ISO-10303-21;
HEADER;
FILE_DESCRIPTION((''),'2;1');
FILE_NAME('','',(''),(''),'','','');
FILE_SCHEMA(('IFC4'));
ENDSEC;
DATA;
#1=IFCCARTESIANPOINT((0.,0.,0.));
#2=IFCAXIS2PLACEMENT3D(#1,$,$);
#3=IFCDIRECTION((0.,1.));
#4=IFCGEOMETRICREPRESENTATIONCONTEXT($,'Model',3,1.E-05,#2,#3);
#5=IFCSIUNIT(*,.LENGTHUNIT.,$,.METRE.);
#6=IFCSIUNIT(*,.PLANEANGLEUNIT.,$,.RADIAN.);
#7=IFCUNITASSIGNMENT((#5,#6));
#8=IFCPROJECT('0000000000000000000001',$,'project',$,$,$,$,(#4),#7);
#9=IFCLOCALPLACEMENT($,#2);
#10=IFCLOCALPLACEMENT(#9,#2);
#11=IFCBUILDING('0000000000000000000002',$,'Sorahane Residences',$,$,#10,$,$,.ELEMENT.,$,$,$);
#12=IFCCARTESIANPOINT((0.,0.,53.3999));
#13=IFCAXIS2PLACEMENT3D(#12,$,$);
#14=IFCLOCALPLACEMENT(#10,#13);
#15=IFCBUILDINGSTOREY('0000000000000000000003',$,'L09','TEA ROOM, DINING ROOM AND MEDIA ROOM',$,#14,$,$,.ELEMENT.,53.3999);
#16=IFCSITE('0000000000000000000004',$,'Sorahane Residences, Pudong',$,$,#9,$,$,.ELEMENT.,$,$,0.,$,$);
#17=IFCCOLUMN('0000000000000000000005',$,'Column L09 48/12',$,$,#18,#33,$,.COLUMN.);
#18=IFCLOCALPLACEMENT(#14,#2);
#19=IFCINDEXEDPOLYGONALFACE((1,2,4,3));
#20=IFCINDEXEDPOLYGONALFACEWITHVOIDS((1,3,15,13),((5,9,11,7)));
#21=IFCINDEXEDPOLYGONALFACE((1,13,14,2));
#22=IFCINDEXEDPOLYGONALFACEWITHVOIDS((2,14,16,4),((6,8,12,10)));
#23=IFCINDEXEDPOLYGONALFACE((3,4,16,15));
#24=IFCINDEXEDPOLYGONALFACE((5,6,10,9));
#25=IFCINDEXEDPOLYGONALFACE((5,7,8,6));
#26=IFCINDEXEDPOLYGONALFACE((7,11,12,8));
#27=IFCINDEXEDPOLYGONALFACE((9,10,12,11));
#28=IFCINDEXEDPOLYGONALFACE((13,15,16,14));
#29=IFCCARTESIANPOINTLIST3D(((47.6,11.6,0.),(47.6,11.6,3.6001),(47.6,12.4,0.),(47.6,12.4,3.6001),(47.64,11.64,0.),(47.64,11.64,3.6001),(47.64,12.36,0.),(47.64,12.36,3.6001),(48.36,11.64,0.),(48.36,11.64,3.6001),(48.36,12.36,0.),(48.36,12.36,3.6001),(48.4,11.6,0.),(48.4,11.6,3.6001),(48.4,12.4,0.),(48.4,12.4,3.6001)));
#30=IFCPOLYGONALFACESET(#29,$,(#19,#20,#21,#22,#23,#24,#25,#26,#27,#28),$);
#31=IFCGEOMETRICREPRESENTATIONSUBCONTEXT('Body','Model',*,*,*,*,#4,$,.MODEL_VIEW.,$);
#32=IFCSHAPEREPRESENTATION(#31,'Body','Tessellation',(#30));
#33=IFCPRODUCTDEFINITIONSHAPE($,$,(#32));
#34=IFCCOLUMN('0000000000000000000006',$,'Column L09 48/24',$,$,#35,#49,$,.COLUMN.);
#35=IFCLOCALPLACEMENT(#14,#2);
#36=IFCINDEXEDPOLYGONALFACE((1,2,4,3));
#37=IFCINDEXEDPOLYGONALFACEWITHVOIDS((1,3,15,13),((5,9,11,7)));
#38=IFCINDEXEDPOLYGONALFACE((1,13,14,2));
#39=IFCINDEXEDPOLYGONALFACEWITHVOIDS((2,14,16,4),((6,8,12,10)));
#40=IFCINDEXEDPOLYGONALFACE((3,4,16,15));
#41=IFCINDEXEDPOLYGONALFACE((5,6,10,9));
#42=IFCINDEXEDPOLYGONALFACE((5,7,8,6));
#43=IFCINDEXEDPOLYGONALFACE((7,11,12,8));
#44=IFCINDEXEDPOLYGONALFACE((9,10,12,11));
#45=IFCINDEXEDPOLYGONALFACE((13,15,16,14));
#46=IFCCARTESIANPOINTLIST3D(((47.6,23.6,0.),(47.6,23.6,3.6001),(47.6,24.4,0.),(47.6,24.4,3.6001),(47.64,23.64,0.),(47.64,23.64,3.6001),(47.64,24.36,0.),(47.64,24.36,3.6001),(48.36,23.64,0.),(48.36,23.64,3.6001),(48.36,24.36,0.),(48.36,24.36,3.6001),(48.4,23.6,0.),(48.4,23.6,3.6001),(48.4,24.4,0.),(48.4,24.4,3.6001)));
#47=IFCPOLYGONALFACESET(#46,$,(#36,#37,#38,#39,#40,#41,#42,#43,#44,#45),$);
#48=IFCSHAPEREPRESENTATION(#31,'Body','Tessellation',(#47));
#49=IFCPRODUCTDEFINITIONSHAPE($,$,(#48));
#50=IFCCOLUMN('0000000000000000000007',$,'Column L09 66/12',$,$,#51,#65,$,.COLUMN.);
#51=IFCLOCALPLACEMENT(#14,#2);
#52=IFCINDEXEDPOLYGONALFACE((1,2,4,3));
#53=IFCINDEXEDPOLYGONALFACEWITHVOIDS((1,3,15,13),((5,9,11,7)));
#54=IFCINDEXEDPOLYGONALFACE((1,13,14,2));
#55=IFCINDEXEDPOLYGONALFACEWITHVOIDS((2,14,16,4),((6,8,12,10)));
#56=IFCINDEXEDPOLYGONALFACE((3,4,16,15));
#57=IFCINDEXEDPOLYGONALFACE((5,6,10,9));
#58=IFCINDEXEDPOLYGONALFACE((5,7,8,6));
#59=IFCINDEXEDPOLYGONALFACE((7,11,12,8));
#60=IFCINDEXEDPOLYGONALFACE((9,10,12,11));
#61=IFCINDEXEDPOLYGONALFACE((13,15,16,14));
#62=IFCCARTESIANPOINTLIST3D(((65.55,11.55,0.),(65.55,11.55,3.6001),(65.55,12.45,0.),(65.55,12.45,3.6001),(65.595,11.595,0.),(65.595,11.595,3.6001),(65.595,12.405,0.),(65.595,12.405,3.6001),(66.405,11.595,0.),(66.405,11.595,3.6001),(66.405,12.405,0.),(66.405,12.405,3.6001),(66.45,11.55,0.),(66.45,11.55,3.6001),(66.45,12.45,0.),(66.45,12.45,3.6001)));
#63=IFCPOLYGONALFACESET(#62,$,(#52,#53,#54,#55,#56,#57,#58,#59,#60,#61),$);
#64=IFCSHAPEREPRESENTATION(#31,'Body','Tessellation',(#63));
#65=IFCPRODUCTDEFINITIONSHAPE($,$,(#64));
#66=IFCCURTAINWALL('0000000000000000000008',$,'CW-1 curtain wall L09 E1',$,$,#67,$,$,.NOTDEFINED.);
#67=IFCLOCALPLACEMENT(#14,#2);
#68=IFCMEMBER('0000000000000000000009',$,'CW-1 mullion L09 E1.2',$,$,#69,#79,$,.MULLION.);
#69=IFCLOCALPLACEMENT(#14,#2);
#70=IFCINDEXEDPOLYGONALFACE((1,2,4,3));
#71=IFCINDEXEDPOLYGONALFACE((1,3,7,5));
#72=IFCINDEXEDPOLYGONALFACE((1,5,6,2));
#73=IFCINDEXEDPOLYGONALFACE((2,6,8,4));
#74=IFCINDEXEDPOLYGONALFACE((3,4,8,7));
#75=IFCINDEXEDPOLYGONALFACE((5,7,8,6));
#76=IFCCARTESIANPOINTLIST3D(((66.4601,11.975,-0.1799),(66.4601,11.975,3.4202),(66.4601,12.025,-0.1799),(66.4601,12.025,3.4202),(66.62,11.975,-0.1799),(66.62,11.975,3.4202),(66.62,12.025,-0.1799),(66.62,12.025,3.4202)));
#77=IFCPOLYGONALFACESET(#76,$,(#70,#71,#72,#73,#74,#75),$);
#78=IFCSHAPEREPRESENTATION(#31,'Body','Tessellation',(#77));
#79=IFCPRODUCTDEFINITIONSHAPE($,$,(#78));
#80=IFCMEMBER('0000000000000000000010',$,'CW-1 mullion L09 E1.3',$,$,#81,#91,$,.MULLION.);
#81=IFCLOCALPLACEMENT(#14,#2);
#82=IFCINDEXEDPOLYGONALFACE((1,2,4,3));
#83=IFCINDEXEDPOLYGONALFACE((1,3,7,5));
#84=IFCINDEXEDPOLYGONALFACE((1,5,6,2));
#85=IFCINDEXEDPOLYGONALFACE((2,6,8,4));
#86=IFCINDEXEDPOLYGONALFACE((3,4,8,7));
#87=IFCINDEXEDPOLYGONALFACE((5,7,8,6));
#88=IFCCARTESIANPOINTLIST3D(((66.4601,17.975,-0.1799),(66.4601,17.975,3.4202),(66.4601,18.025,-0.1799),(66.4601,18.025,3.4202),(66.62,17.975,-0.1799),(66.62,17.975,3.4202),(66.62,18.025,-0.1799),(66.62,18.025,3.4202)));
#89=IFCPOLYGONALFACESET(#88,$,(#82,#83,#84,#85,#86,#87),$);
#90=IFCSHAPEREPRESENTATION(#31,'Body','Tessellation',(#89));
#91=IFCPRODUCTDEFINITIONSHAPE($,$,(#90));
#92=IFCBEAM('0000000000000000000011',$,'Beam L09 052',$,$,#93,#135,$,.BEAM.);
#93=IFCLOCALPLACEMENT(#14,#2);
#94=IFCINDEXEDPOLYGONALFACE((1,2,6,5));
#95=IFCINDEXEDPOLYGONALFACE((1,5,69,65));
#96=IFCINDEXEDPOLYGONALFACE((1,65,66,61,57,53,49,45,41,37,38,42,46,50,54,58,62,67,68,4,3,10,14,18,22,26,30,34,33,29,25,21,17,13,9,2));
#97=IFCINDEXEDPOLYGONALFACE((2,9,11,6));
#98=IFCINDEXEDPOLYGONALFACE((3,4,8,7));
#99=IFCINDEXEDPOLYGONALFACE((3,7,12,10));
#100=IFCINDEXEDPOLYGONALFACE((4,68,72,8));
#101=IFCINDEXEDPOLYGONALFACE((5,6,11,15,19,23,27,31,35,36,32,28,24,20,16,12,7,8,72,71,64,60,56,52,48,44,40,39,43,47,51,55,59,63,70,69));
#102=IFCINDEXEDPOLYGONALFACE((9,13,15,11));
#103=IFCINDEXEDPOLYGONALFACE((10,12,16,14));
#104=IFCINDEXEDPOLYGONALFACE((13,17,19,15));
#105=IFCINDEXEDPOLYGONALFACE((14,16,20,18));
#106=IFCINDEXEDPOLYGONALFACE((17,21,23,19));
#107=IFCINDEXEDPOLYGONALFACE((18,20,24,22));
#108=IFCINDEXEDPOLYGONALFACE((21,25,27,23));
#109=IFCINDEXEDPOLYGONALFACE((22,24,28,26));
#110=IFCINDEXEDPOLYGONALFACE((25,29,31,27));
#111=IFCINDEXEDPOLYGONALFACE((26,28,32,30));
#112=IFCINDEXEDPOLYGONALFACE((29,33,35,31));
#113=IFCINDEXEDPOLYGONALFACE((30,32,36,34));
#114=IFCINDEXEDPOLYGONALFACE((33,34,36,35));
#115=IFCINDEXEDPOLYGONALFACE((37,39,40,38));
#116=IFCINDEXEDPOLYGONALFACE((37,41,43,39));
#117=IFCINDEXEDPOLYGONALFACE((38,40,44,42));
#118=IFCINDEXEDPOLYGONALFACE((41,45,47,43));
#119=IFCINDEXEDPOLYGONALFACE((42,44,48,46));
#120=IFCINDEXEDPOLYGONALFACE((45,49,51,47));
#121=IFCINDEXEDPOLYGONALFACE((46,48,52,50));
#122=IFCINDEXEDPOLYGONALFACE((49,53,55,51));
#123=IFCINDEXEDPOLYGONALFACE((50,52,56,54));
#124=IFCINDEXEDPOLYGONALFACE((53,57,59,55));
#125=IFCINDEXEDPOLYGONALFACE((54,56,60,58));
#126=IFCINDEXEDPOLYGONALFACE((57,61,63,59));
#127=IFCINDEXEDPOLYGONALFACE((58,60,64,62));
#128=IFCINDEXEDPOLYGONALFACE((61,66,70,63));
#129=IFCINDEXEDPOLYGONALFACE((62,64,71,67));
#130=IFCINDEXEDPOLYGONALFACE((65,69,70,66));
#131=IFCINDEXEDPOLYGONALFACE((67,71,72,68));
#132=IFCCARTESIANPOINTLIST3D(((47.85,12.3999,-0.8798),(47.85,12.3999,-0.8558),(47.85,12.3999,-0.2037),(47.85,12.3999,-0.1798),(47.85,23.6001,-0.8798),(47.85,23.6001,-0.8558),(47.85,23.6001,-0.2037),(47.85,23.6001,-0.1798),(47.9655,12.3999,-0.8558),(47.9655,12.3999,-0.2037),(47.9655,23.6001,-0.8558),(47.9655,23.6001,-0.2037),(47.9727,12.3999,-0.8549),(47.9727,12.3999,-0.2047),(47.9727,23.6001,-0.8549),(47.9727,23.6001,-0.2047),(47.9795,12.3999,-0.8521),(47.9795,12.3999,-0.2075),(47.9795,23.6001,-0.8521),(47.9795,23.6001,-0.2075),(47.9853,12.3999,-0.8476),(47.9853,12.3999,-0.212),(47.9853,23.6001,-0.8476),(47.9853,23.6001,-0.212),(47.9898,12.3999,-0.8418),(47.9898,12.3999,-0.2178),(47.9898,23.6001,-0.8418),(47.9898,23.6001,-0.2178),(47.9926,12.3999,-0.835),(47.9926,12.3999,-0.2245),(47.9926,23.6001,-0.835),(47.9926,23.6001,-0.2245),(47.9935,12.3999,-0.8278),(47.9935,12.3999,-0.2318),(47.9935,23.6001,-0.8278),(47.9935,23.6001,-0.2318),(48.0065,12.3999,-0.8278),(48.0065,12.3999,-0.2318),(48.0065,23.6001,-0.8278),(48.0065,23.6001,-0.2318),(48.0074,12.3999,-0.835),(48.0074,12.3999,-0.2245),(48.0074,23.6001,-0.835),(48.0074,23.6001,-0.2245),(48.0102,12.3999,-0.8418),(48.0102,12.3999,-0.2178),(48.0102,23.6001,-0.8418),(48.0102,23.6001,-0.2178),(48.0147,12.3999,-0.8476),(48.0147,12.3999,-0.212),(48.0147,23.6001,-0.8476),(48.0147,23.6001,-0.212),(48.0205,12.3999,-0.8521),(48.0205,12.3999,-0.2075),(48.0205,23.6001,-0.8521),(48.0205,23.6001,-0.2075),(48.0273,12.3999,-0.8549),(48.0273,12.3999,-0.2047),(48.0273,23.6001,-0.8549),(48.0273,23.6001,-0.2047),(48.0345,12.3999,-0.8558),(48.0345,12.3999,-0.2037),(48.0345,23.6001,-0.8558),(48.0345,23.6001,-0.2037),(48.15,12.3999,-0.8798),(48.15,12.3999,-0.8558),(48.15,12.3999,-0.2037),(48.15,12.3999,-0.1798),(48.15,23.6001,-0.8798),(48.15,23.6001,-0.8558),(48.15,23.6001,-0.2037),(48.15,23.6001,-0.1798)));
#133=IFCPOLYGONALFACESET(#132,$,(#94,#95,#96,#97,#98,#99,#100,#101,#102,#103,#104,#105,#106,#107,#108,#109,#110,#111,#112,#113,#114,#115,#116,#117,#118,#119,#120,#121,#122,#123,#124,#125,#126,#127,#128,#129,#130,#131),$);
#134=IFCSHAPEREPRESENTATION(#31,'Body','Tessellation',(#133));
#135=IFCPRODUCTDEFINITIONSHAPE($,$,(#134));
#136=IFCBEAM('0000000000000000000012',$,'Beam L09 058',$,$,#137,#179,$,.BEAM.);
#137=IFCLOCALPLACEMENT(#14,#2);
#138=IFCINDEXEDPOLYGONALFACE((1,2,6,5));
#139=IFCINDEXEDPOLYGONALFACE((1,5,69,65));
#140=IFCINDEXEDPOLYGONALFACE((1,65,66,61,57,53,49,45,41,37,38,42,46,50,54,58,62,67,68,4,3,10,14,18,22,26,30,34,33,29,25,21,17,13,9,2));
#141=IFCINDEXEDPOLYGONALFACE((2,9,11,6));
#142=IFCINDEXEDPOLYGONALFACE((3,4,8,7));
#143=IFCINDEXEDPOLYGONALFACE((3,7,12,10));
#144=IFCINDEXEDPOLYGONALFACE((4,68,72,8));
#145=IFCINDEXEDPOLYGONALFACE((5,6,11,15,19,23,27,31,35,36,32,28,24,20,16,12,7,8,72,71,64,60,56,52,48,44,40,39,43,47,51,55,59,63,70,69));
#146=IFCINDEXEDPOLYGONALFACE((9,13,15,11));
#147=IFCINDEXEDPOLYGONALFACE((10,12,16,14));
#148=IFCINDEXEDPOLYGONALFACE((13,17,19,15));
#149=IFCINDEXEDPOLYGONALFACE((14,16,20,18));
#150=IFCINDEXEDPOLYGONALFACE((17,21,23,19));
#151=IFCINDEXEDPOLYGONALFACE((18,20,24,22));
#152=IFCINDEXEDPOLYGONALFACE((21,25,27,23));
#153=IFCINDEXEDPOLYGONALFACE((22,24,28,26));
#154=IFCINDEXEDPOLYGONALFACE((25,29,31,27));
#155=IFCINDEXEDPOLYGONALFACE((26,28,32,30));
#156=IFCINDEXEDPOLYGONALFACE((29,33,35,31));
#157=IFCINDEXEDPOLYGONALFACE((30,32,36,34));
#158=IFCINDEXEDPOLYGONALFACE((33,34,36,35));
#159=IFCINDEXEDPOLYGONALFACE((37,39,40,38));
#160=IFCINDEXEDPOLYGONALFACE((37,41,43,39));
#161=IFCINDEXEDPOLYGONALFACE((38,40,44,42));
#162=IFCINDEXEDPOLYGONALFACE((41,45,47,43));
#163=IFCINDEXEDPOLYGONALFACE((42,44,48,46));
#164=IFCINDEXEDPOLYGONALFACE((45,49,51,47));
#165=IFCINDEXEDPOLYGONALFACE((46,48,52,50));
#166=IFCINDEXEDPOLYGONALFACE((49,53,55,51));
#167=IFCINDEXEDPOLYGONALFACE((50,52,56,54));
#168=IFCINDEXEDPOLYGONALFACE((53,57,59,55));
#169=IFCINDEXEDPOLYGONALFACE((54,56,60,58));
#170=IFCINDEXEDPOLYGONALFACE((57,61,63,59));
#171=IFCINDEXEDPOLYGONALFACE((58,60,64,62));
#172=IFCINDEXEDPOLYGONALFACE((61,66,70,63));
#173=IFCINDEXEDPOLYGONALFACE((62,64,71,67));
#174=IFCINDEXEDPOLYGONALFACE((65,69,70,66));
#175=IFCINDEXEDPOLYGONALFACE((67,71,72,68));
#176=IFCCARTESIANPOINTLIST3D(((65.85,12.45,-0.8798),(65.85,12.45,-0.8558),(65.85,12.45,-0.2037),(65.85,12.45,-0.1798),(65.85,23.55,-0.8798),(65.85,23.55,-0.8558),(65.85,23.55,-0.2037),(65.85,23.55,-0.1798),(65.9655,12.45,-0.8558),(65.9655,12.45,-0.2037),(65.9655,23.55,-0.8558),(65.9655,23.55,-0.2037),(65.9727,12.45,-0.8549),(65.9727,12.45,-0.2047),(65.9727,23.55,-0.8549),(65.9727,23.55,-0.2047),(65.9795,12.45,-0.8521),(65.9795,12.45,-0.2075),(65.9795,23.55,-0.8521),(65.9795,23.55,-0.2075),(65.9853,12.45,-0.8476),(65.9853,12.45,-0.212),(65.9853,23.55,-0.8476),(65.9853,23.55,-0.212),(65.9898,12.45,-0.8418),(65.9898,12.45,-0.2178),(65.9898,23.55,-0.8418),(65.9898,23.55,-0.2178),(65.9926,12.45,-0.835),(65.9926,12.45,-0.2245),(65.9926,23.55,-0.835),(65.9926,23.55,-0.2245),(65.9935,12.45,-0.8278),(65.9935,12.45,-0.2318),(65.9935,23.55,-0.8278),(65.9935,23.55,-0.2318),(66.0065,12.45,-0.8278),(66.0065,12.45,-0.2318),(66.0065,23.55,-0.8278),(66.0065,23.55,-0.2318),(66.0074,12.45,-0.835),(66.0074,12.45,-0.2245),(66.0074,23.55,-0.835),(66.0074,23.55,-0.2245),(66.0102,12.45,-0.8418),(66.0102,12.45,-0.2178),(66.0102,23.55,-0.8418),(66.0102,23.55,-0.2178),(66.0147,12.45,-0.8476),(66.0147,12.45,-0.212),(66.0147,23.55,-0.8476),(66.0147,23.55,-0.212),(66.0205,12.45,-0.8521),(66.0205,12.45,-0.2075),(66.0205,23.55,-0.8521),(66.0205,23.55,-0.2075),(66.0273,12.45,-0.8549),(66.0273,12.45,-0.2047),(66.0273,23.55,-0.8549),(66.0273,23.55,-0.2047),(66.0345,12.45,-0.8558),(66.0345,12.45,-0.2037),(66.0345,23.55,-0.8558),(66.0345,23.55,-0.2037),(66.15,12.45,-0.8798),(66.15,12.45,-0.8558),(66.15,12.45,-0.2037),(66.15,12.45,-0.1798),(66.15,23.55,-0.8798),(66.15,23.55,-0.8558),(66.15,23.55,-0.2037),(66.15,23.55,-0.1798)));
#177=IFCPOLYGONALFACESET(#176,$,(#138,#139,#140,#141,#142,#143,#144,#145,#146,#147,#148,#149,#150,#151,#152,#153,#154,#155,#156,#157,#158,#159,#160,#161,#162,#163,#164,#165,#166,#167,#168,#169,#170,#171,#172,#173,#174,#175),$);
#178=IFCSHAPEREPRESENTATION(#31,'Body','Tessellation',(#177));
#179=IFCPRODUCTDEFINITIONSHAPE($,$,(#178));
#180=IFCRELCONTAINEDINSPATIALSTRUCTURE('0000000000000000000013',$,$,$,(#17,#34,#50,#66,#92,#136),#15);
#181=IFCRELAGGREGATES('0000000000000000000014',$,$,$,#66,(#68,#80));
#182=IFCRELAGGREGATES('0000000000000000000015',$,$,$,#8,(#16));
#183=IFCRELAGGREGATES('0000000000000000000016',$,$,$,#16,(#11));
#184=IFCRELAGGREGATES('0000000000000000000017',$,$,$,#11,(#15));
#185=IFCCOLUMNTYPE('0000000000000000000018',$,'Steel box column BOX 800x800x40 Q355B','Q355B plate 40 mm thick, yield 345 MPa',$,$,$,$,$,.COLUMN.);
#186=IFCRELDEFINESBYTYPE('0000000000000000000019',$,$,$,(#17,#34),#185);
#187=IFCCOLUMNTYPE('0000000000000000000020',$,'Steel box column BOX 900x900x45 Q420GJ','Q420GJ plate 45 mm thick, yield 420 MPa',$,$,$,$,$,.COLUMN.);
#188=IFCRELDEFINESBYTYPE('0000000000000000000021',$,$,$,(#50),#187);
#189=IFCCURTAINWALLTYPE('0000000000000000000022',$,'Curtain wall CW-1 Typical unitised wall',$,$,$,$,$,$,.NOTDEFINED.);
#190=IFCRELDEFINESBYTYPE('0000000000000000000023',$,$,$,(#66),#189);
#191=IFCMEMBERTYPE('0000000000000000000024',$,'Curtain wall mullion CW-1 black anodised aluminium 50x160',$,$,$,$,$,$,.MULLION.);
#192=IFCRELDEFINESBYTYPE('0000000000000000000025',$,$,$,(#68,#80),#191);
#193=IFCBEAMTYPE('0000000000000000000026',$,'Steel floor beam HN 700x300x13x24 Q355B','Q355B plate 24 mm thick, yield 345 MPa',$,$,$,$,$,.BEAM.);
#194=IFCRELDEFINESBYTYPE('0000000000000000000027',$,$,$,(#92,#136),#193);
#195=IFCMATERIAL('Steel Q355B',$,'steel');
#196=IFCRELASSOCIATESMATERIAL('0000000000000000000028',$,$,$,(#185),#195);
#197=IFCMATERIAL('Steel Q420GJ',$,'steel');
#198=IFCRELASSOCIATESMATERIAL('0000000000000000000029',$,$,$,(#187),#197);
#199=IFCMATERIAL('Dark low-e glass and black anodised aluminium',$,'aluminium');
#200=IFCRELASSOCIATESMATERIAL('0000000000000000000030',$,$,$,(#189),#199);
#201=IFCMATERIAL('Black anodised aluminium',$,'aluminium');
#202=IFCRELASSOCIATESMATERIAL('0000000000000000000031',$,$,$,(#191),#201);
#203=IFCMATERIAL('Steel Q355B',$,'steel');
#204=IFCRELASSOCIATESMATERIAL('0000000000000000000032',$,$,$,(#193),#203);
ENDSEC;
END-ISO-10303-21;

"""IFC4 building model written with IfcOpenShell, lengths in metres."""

from ifc_helpers import new_model, si_unit, direction, frame, origin, origin_2d, place, context, subcontext, project, spatial, rectangle, hollow_rectangle, i_section, extrude, material, material_profile, profile_set, type_object, element, aggregate, save


model = new_model("IFC4")

# Units and contexts
model_context = context("Model", 3, precision=1e-05, world=origin(), true_north=direction((0.0, 1.0)))
body_context = subcontext(model_context, "Body", "Model", "MODEL_VIEW")
ifc_project = project(units=[si_unit("LENGTHUNIT", "METRE"), si_unit("PLANEANGLEUNIT", "RADIAN")], contexts=[model_context])

# Site, building, storey
site_placement = place(None, origin())
site = spatial("IfcSite", under=ifc_project, at=site_placement, Name="Sorahane Residences, Pudong", CompositionType="ELEMENT", RefElevation=0.0)
building_placement = place(site_placement, origin())
building = spatial("IfcBuilding", under=site, at=building_placement, Name="Sorahane Residences", CompositionType="ELEMENT")
storey_placement = place(building_placement, frame((0.0, 0.0, 53.3999)))
storey = spatial("IfcBuildingStorey", under=building, at=storey_placement, Name="L09", Description="TEA ROOM, DINING ROOM AND MEDIA ROOM", CompositionType="ELEMENT", Elevation=53.3999)

# Columns
ifc_material_1 = material(Name="Steel Q355B", Category="steel")
ifc_material_profile_1 = material_profile(ifc_material_1, hollow_rectangle(XDim=0.8, YDim=0.8, WallThickness=0.04, at=origin_2d()), Name="BOX 800x800x40")
ifc_profile_set_1 = profile_set([ifc_material_profile_1], Name="Steel Q355B")
column_type_1 = type_object("IfcColumnType", Name="Steel box column BOX 800x800x40 Q355B", Description="Q355B plate 40 mm thick, yield 345 MPa", PredefinedType="COLUMN", material=ifc_profile_set_1)
for number, where, z_axis, x_axis, name in (
    (1, (48.0, 12.0, 0.0), (0.0, 0.0, 1.0), (1.0, 0.0, 0.0), "Column L09 48/12"),
    (2, (48.0, 24.0, 0.0), (0.0, 0.0, 1.0), (1.0, 0.0, 0.0), "Column L09 48/24"),
):
    element("IfcColumn", number, at=place(storey_placement, frame(where, z_axis=z_axis, x_axis=x_axis)), inside=storey, type_object=column_type_1, Name=name, PredefinedType="COLUMN", context=body_context, shape_type="SweptSolid", body=[
        extrude(hollow_rectangle(XDim=0.8, YDim=0.8, WallThickness=0.04, at=origin_2d()), origin(), (0.0, 0.0, 1.0), 3.6001),
    ])
ifc_material_2 = material(Name="Steel Q420GJ", Category="steel")
ifc_material_profile_2 = material_profile(ifc_material_2, hollow_rectangle(XDim=0.8999, YDim=0.8999, WallThickness=0.0449, at=origin_2d()), Name="BOX 900x900x45")
ifc_profile_set_2 = profile_set([ifc_material_profile_2], Name="Steel Q420GJ")
column_type_2 = type_object("IfcColumnType", Name="Steel box column BOX 900x900x45 Q420GJ", Description="Q420GJ plate 45 mm thick, yield 420 MPa", PredefinedType="COLUMN", material=ifc_profile_set_2)
column_placement = place(storey_placement, frame((66.0, 12.0, 0.0), z_axis=(0.0, 0.0, 1.0), x_axis=(1.0, 0.0, 0.0)))
element("IfcColumn", 3, at=column_placement, inside=storey, type_object=column_type_2, Name="Column L09 66/12", PredefinedType="COLUMN", context=body_context, shape_type="SweptSolid", body=[
    extrude(hollow_rectangle(XDim=0.8999, YDim=0.8999, WallThickness=0.0449, at=origin_2d()), origin(), (0.0, 0.0, 1.0), 3.6001),
])

# Curtain wall, members
ifc_material_3 = material(Name="Dark low-e glass and black anodised aluminium", Category="aluminium")
curtain_wall_type = type_object("IfcCurtainWallType", Name="Curtain wall CW-1 Typical unitised wall", PredefinedType="NOTDEFINED", material=ifc_material_3)
curtain_wall_placement = place(storey_placement, origin())
curtain_wall = element("IfcCurtainWall", 4, at=curtain_wall_placement, inside=storey, type_object=curtain_wall_type, Name="CW-1 curtain wall L09 E1", PredefinedType="NOTDEFINED")
ifc_material_4 = material(Name="Black anodised aluminium", Category="aluminium")
ifc_material_profile_3 = material_profile(ifc_material_4, rectangle(XDim=0.1599, YDim=0.05, at=origin_2d()), Name="Curtain wall mullion CW-1 black anodised aluminium 50x160")
ifc_profile_set_3 = profile_set([ifc_material_profile_3], Name="Black anodised aluminium")
member_type = type_object("IfcMemberType", Name="Curtain wall mullion CW-1 black anodised aluminium 50x160", PredefinedType="MULLION", material=ifc_profile_set_3)
member_1_placement = place(storey_placement, frame((66.54, 12.0, -0.1799), z_axis=(0.0, 0.0, 1.0), x_axis=(1.0, 0.0, 0.0)))
member_1 = element("IfcMember", 5, at=member_1_placement, type_object=member_type, Name="CW-1 mullion L09 E1.2", PredefinedType="MULLION", context=body_context, shape_type="SweptSolid", body=[
    extrude(rectangle(XDim=0.1599, YDim=0.05, at=origin_2d()), origin(), (0.0, 0.0, 1.0), 3.6001),
])
member_2_placement = place(storey_placement, frame((66.54, 18.0, -0.1799), z_axis=(0.0, 0.0, 1.0), x_axis=(1.0, 0.0, 0.0)))
member_2 = element("IfcMember", 6, at=member_2_placement, type_object=member_type, Name="CW-1 mullion L09 E1.3", PredefinedType="MULLION", context=body_context, shape_type="SweptSolid", body=[
    extrude(rectangle(XDim=0.1599, YDim=0.05, at=origin_2d()), origin(), (0.0, 0.0, 1.0), 3.6001),
])

# Beams
ifc_material_5 = material(Name="Steel Q355B", Category="steel")
ifc_material_profile_4 = material_profile(ifc_material_5, i_section(OverallWidth=0.3, OverallDepth=0.7, WebThickness=0.0129, FlangeThickness=0.0239, FilletRadius=0.0281, at=origin_2d()), Name="HN 700x300x13x24")
ifc_profile_set_4 = profile_set([ifc_material_profile_4], Name="Steel Q355B")
beam_type_1 = type_object("IfcBeamType", Name="Steel floor beam HN 700x300x13x24 Q355B", Description="Q355B plate 24 mm thick, yield 345 MPa", PredefinedType="BEAM", material=ifc_profile_set_4)
beam_1_placement = place(storey_placement, frame((48.0, 12.3999, -0.5298), z_axis=(0.0, 1.0, 0.0), x_axis=(-1.0, 0.0, 0.0)))
element("IfcBeam", 7, at=beam_1_placement, inside=storey, type_object=beam_type_1, Name="Beam L09 052", PredefinedType="BEAM", context=body_context, shape_type="SweptSolid", body=[
    extrude(i_section(OverallWidth=0.3, OverallDepth=0.7, WebThickness=0.0129, FlangeThickness=0.0239, FilletRadius=0.0281, at=origin_2d()), origin(), (0.0, 0.0, 1.0), 11.2002),
])
beam_2_placement = place(storey_placement, frame((66.0, 12.45, -0.5298), z_axis=(0.0, 1.0, 0.0), x_axis=(-1.0, 0.0, 0.0)))
element("IfcBeam", 8, at=beam_2_placement, inside=storey, type_object=beam_type_1, Name="Beam L09 058", PredefinedType="BEAM", context=body_context, shape_type="SweptSolid", body=[
    extrude(i_section(OverallWidth=0.3, OverallDepth=0.7, WebThickness=0.0129, FlangeThickness=0.0239, FilletRadius=0.0281, at=origin_2d()), origin(), (0.0, 0.0, 1.0), 11.1001),
])

aggregate(curtain_wall, [member_1, member_2])

save(model, "model.ifc")
